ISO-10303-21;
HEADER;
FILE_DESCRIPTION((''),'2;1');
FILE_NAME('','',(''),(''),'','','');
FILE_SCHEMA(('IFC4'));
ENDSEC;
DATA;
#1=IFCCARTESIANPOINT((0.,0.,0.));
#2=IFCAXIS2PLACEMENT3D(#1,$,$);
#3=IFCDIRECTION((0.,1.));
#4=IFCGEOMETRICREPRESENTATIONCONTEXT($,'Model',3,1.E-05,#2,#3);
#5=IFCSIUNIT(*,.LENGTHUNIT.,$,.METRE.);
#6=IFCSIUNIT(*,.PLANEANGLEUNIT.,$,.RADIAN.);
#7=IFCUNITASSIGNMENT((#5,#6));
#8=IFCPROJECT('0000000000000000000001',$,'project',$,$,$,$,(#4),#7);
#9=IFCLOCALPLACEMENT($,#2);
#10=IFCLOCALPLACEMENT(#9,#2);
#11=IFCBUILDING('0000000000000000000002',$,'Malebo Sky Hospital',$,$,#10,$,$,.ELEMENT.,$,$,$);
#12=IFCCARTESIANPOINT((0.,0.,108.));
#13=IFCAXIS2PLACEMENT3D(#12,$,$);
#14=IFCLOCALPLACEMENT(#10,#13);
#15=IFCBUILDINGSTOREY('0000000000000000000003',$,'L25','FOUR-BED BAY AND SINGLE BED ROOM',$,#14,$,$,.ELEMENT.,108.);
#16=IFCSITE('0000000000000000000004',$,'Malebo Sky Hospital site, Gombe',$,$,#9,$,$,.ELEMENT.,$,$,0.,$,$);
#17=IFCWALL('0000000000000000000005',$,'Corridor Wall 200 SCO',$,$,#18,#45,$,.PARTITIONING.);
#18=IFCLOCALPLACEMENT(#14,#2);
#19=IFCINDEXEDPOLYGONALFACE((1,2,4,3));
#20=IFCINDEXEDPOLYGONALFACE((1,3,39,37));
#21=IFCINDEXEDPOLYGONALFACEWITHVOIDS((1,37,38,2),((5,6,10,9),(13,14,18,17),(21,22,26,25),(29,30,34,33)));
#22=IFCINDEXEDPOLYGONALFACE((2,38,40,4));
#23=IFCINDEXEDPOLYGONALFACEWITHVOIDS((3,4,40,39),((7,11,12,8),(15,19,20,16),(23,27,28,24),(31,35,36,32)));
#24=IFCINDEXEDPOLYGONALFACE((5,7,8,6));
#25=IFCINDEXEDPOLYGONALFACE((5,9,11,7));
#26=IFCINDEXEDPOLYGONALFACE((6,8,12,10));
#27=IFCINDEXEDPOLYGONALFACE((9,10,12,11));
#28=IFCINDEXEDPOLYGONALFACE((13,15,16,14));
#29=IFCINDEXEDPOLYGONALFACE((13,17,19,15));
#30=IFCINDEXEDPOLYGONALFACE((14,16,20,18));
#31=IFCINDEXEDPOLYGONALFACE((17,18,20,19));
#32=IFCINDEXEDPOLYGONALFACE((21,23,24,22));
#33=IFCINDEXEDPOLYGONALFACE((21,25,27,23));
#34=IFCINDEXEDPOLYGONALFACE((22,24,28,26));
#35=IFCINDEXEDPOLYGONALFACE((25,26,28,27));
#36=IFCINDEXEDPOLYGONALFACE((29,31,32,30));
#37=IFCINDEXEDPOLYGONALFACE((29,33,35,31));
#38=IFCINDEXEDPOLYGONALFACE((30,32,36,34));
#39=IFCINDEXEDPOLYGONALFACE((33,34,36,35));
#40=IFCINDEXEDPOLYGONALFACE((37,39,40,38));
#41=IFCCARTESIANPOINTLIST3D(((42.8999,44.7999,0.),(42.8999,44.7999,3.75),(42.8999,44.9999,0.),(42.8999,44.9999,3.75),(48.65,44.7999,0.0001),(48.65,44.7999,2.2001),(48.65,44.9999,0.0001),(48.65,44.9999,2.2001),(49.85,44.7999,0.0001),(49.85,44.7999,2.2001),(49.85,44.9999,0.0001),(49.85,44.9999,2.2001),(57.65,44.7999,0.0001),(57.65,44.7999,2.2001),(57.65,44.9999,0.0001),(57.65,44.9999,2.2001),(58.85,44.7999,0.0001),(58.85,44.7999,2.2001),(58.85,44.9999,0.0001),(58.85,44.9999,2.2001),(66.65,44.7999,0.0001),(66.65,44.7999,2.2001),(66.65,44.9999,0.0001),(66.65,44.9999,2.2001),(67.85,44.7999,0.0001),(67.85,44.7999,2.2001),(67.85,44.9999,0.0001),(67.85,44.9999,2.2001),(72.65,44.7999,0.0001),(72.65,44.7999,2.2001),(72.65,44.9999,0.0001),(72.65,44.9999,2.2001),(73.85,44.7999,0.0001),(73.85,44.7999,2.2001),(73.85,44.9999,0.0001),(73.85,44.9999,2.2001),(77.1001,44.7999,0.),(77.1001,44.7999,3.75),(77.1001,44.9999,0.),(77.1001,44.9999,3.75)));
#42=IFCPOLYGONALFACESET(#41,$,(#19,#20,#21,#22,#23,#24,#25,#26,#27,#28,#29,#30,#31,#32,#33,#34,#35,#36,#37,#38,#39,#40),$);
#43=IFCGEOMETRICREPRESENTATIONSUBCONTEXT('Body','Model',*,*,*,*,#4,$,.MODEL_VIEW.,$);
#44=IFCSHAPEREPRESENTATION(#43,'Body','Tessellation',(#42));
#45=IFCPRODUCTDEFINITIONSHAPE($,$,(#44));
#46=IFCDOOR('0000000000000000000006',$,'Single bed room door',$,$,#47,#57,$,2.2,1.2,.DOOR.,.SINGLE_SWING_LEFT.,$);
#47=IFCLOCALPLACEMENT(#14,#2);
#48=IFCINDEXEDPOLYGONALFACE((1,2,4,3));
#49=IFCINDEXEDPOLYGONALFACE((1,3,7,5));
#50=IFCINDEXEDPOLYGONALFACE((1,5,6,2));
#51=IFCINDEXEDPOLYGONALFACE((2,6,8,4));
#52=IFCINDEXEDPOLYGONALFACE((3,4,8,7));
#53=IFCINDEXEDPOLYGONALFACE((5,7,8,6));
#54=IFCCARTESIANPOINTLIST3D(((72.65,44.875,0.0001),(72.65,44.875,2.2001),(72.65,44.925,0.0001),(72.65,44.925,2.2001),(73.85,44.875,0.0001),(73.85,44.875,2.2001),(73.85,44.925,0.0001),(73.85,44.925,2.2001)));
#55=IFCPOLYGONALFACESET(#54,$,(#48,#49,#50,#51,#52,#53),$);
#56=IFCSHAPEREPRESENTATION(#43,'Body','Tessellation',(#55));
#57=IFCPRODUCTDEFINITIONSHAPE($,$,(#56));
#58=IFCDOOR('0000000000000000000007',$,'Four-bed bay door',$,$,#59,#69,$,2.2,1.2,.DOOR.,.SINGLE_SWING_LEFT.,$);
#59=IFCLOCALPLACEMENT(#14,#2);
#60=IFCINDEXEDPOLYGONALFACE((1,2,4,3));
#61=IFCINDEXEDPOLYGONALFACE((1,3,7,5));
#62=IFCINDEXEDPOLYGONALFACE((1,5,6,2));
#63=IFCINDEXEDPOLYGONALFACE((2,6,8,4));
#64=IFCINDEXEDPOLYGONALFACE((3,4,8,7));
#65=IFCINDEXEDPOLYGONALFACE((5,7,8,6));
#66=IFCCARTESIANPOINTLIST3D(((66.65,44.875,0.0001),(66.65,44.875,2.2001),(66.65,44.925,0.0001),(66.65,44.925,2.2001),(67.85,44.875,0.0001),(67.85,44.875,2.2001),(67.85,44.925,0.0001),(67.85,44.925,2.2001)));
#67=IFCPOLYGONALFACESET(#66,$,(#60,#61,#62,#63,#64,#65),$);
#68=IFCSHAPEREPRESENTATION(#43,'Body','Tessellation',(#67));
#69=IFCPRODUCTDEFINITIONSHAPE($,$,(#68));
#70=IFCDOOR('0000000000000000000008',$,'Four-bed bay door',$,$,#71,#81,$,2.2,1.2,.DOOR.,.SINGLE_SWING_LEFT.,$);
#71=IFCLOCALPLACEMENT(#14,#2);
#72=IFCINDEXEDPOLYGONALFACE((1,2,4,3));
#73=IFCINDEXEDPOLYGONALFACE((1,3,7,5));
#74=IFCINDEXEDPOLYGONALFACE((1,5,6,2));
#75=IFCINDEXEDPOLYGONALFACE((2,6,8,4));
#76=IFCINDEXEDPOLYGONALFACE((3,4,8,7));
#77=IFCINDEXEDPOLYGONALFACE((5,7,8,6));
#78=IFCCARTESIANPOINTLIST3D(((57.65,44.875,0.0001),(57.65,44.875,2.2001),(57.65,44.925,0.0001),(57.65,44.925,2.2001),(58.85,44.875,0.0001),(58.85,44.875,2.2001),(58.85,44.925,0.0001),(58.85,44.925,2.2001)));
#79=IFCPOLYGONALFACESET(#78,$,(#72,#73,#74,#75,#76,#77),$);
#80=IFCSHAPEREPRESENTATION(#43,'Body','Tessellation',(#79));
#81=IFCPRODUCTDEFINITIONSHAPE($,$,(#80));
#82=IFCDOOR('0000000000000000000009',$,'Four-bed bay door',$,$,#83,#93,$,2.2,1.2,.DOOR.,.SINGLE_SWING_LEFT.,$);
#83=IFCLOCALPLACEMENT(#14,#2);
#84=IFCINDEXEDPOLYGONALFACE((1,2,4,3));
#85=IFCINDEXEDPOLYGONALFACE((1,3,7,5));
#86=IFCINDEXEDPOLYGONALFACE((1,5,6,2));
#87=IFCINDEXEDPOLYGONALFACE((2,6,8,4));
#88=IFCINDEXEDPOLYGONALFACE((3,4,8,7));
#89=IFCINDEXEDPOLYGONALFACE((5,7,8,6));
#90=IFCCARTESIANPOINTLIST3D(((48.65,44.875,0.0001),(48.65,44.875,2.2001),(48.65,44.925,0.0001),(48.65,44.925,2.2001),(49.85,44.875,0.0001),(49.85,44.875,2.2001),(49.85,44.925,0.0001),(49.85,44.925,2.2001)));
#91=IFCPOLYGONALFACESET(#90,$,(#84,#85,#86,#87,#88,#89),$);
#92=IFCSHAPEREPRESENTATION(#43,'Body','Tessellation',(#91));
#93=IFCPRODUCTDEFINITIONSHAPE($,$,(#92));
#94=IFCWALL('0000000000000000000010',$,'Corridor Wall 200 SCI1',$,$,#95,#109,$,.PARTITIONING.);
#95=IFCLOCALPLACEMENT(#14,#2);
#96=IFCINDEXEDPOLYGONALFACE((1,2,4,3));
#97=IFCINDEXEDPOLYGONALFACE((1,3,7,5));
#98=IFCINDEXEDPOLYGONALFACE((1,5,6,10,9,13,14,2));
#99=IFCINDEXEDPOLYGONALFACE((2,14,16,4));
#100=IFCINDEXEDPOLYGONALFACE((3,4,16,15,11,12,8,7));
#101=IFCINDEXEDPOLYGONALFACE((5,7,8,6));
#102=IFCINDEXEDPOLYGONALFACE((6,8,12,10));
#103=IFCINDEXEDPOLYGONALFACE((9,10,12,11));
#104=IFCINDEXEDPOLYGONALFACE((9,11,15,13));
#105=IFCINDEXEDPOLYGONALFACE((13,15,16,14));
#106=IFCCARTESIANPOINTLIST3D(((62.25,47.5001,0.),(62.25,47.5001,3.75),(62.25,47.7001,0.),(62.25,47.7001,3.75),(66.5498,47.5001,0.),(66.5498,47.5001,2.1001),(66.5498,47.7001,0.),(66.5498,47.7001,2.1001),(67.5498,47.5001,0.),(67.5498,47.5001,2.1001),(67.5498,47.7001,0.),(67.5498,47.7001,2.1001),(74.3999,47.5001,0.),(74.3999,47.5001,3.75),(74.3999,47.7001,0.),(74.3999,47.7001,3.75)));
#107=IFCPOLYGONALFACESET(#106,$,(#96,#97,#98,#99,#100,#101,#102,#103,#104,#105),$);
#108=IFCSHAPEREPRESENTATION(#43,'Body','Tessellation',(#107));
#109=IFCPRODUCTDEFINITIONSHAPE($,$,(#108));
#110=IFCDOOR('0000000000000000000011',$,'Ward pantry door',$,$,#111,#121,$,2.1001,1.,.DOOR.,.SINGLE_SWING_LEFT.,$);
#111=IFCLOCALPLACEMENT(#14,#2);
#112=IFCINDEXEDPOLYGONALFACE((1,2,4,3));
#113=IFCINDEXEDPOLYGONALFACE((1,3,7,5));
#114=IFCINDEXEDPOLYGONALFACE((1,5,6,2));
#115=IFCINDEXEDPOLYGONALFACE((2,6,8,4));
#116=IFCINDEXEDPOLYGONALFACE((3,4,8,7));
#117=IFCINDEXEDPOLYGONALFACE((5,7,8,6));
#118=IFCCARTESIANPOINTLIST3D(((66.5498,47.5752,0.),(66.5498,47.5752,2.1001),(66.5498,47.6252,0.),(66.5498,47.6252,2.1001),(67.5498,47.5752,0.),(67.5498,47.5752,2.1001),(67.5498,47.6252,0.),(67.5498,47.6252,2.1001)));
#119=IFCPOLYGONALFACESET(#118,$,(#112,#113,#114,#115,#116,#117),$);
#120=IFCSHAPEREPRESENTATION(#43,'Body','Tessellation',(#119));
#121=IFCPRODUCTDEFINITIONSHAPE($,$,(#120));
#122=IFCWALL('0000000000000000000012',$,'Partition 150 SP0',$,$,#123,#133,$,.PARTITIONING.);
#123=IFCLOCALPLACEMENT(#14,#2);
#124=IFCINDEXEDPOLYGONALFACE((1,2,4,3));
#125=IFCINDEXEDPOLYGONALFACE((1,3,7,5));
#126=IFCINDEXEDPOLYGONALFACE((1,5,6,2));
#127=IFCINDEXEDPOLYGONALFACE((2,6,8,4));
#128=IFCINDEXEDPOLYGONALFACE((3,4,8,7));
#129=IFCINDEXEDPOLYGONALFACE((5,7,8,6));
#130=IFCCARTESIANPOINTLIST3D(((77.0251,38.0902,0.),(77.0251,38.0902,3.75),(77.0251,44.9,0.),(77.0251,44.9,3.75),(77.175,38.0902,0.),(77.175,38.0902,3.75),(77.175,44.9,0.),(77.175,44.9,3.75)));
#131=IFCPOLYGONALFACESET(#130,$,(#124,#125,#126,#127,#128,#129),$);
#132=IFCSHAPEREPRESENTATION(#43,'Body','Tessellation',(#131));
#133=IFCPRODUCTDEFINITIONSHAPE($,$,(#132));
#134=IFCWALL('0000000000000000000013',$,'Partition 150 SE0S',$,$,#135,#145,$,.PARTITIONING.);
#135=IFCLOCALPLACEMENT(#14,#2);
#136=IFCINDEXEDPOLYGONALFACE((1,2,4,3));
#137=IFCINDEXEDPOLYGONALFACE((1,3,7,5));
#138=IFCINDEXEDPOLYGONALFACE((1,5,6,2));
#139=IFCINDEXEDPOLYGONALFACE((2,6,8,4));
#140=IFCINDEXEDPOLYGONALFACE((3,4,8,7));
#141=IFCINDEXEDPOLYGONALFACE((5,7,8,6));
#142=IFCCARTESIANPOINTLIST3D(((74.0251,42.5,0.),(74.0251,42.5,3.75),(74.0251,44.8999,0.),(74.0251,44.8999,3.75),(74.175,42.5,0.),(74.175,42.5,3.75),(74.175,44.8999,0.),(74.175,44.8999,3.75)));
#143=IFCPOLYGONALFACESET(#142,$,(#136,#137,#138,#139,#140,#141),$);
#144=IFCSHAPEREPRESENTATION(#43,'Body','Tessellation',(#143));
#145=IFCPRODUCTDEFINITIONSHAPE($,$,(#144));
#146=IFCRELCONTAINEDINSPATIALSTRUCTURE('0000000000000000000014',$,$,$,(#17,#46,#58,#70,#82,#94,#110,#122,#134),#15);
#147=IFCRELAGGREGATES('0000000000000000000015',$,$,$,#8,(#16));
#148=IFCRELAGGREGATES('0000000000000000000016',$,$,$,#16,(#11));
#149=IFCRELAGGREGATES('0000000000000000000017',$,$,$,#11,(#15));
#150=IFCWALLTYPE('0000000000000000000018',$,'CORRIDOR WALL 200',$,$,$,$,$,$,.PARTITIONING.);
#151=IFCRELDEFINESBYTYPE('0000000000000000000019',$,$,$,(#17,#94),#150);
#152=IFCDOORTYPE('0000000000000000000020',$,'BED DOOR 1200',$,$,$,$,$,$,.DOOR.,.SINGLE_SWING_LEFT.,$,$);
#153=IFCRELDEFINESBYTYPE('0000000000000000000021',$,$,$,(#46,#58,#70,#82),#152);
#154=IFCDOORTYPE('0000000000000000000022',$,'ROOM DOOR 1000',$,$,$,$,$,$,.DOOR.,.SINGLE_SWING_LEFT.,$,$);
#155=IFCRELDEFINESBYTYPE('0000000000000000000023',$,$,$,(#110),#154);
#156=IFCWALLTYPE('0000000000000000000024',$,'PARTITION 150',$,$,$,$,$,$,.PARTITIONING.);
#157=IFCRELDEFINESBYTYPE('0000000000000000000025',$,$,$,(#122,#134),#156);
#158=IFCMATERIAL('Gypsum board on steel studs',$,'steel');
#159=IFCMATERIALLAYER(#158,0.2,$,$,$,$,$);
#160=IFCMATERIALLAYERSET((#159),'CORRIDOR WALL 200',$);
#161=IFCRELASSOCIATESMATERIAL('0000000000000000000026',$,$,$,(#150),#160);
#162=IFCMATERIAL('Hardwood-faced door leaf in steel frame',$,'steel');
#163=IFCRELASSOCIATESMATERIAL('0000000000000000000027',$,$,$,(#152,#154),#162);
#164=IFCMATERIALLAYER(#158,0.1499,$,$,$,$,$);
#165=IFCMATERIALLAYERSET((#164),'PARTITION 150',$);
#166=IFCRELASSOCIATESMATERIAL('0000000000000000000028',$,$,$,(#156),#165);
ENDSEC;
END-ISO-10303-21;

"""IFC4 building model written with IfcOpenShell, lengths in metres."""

from ifc_helpers import new_model, si_unit, direction, frame, frame_2d, origin, place, context, subcontext, project, spatial, rectangle, extrude, material, layer, layer_set, type_object, element, fill, save


model = new_model("IFC4")

# Units and contexts
model_context = context("Model", 3, precision=1e-05, world=origin(), true_north=direction((0.0, 1.0)))
body_context = subcontext(model_context, "Body", "Model", "MODEL_VIEW")
ifc_project = project(units=[si_unit("LENGTHUNIT", "METRE"), si_unit("PLANEANGLEUNIT", "RADIAN")], contexts=[model_context])

# Site, building, storey
site_placement = place(None, origin())
site = spatial("IfcSite", under=ifc_project, at=site_placement, Name="Malebo Sky Hospital site, Gombe", CompositionType="ELEMENT", RefElevation=0.0)
building_placement = place(site_placement, origin())
building = spatial("IfcBuilding", under=site, at=building_placement, Name="Malebo Sky Hospital", CompositionType="ELEMENT")
storey_placement = place(building_placement, frame((0.0, 0.0, 108.0)))
storey = spatial("IfcBuildingStorey", under=building, at=storey_placement, Name="L25", Description="FOUR-BED BAY AND SINGLE BED ROOM", CompositionType="ELEMENT", Elevation=108.0)

# Wall, openings, doors
ifc_material_1 = material(Name="Gypsum board on steel studs", Category="steel")
ifc_layer_1 = layer(ifc_material_1, 0.2)
ifc_layer_set_1 = layer_set([ifc_layer_1], Name="CORRIDOR WALL 200")
wall_type_1 = type_object("IfcWallType", Name="CORRIDOR WALL 200", PredefinedType="PARTITIONING", material=ifc_layer_set_1)
wall_1_placement = place(storey_placement, frame((77.1001, 44.8999, 0.0), z_axis=(0.0, 0.0, 1.0), x_axis=(-1.0, 0.0, 0.0)))
wall_1 = element("IfcWall", 1, at=wall_1_placement, inside=storey, type_object=wall_type_1, Name="Corridor Wall 200 SCO", PredefinedType="PARTITIONING", context=body_context, shape_type="SweptSolid", body=[
    extrude(rectangle(XDim=34.2002, YDim=0.2, at=frame_2d((17.1001, 0.0))), origin(), (0.0, 0.0, 1.0), 3.75),
])
opening_1_placement = place(wall_1_placement, frame((3.25, 0.0, 0.0)))
opening_1 = element("IfcOpeningElement", 2, at=opening_1_placement, cuts=wall_1, PredefinedType="OPENING", context=body_context, shape_type="SweptSolid", body=[
    extrude(rectangle(XDim=1.2, YDim=2.2, at=frame_2d((0.6001, 1.1001))), frame((0.0, 0.1099, 0.0), z_axis=(0.0, -1.0, 0.0), x_axis=(1.0, 0.0, 0.0)), (0.0, 0.0, 1.0), 0.22),
])
opening_2_placement = place(wall_1_placement, frame((9.25, 0.0, 0.0)))
opening_2 = element("IfcOpeningElement", 3, at=opening_2_placement, cuts=wall_1, PredefinedType="OPENING", context=body_context, shape_type="SweptSolid", body=[
    extrude(rectangle(XDim=1.2, YDim=2.2, at=frame_2d((0.6001, 1.1001))), frame((0.0, 0.1099, 0.0), z_axis=(0.0, -1.0, 0.0), x_axis=(1.0, 0.0, 0.0)), (0.0, 0.0, 1.0), 0.22),
])
opening_3_placement = place(wall_1_placement, frame((18.25, 0.0, 0.0)))
opening_3 = element("IfcOpeningElement", 4, at=opening_3_placement, cuts=wall_1, PredefinedType="OPENING", context=body_context, shape_type="SweptSolid", body=[
    extrude(rectangle(XDim=1.2, YDim=2.2, at=frame_2d((0.6001, 1.1001))), frame((0.0, 0.1099, 0.0), z_axis=(0.0, -1.0, 0.0), x_axis=(1.0, 0.0, 0.0)), (0.0, 0.0, 1.0), 0.22),
])
opening_4_placement = place(wall_1_placement, frame((27.25, 0.0, 0.0)))
opening_4 = element("IfcOpeningElement", 5, at=opening_4_placement, cuts=wall_1, PredefinedType="OPENING", context=body_context, shape_type="SweptSolid", body=[
    extrude(rectangle(XDim=1.2, YDim=2.2, at=frame_2d((0.6001, 1.1001))), frame((0.0, 0.1099, 0.0), z_axis=(0.0, -1.0, 0.0), x_axis=(1.0, 0.0, 0.0)), (0.0, 0.0, 1.0), 0.22),
])
ifc_material_2 = material(Name="Hardwood-faced door leaf in steel frame", Category="steel")
door_type_1 = type_object("IfcDoorType", Name="BED DOOR 1200", OperationType="SINGLE_SWING_LEFT", PredefinedType="DOOR", material=ifc_material_2)
door_1_placement = place(opening_1_placement, origin())
door_1 = element("IfcDoor", 6, at=door_1_placement, inside=storey, type_object=door_type_1, Name="Single bed room door", OperationType="SINGLE_SWING_LEFT", OverallHeight=2.2, OverallWidth=1.2, PredefinedType="DOOR", context=body_context, shape_type="SweptSolid", body=[
    extrude(rectangle(XDim=1.2, YDim=2.2, at=frame_2d((0.6001, 1.1001))), frame((0.0, 0.0249, 0.0), z_axis=(0.0, -1.0, 0.0), x_axis=(1.0, 0.0, 0.0)), (0.0, 0.0, 1.0), 0.05),
])
fill(opening_1, door_1)
door_2_placement = place(opening_2_placement, origin())
door_2 = element("IfcDoor", 7, at=door_2_placement, inside=storey, type_object=door_type_1, Name="Four-bed bay door", OperationType="SINGLE_SWING_LEFT", OverallHeight=2.2, OverallWidth=1.2, PredefinedType="DOOR", context=body_context, shape_type="SweptSolid", body=[
    extrude(rectangle(XDim=1.2, YDim=2.2, at=frame_2d((0.6001, 1.1001))), frame((0.0, 0.0249, 0.0), z_axis=(0.0, -1.0, 0.0), x_axis=(1.0, 0.0, 0.0)), (0.0, 0.0, 1.0), 0.05),
])
fill(opening_2, door_2)
door_3_placement = place(opening_3_placement, origin())
door_3 = element("IfcDoor", 8, at=door_3_placement, inside=storey, type_object=door_type_1, Name="Four-bed bay door", OperationType="SINGLE_SWING_LEFT", OverallHeight=2.2, OverallWidth=1.2, PredefinedType="DOOR", context=body_context, shape_type="SweptSolid", body=[
    extrude(rectangle(XDim=1.2, YDim=2.2, at=frame_2d((0.6001, 1.1001))), frame((0.0, 0.0249, 0.0), z_axis=(0.0, -1.0, 0.0), x_axis=(1.0, 0.0, 0.0)), (0.0, 0.0, 1.0), 0.05),
])
fill(opening_3, door_3)
door_4_placement = place(opening_4_placement, origin())
door_4 = element("IfcDoor", 9, at=door_4_placement, inside=storey, type_object=door_type_1, Name="Four-bed bay door", OperationType="SINGLE_SWING_LEFT", OverallHeight=2.2, OverallWidth=1.2, PredefinedType="DOOR", context=body_context, shape_type="SweptSolid", body=[
    extrude(rectangle(XDim=1.2, YDim=2.2, at=frame_2d((0.6001, 1.1001))), frame((0.0, 0.0249, 0.0), z_axis=(0.0, -1.0, 0.0), x_axis=(1.0, 0.0, 0.0)), (0.0, 0.0, 1.0), 0.05),
])
fill(opening_4, door_4)

# Wall, opening, door
wall_2_placement = place(storey_placement, frame((74.3999, 47.6001, 0.0), z_axis=(0.0, 0.0, 1.0), x_axis=(-1.0, 0.0, 0.0)))
wall_2 = element("IfcWall", 10, at=wall_2_placement, inside=storey, type_object=wall_type_1, Name="Corridor Wall 200 SCI1", PredefinedType="PARTITIONING", context=body_context, shape_type="SweptSolid", body=[
    extrude(rectangle(XDim=12.1499, YDim=0.2, at=frame_2d((6.075, 0.0))), origin(), (0.0, 0.0, 1.0), 3.75),
])
opening_5_placement = place(wall_2_placement, frame((6.8501, 0.0, 0.0)))
opening_5 = element("IfcOpeningElement", 11, at=opening_5_placement, cuts=wall_2, PredefinedType="OPENING", context=body_context, shape_type="SweptSolid", body=[
    extrude(rectangle(XDim=1.0, YDim=2.1001, at=frame_2d((0.5, 1.05))), frame((0.0, 0.1099, 0.0), z_axis=(0.0, -1.0, 0.0), x_axis=(1.0, 0.0, 0.0)), (0.0, 0.0, 1.0), 0.22),
])
door_type_2 = type_object("IfcDoorType", Name="ROOM DOOR 1000", OperationType="SINGLE_SWING_LEFT", PredefinedType="DOOR", material=ifc_material_2)
door_5_placement = place(opening_5_placement, origin())
door_5 = element("IfcDoor", 12, at=door_5_placement, inside=storey, type_object=door_type_2, Name="Ward pantry door", OperationType="SINGLE_SWING_LEFT", OverallHeight=2.1001, OverallWidth=1.0, PredefinedType="DOOR", context=body_context, shape_type="SweptSolid", body=[
    extrude(rectangle(XDim=1.0, YDim=2.1001, at=frame_2d((0.5, 1.05))), frame((0.0, 0.0249, 0.0), z_axis=(0.0, -1.0, 0.0), x_axis=(1.0, 0.0, 0.0)), (0.0, 0.0, 1.0), 0.05),
])
fill(opening_5, door_5)

# Walls
ifc_layer_2 = layer(ifc_material_1, 0.1499)
ifc_layer_set_2 = layer_set([ifc_layer_2], Name="PARTITION 150")
wall_type_2 = type_object("IfcWallType", Name="PARTITION 150", PredefinedType="PARTITIONING", material=ifc_layer_set_2)
wall_3_placement = place(storey_placement, frame((77.1001, 44.8999, 0.0), z_axis=(0.0, 0.0, 1.0), x_axis=(0.0, -1.0, 0.0)))
element("IfcWall", 13, at=wall_3_placement, inside=storey, type_object=wall_type_2, Name="Partition 150 SP0", PredefinedType="PARTITIONING", context=body_context, shape_type="SweptSolid", body=[
    extrude(rectangle(XDim=6.8098, YDim=0.1499, at=frame_2d((3.4048, 0.0))), origin(), (0.0, 0.0, 1.0), 3.75),
])
wall_4_placement = place(storey_placement, frame((74.1001, 44.8999, 0.0), z_axis=(0.0, 0.0, 1.0), x_axis=(0.0, -1.0, 0.0)))
element("IfcWall", 14, at=wall_4_placement, inside=storey, type_object=wall_type_2, Name="Partition 150 SE0S", PredefinedType="PARTITIONING", context=body_context, shape_type="SweptSolid", body=[
    extrude(rectangle(XDim=2.3999, YDim=0.1499, at=frame_2d((1.2, 0.0))), origin(), (0.0, 0.0, 1.0), 3.75),
])

save(model, "model.ifc")
